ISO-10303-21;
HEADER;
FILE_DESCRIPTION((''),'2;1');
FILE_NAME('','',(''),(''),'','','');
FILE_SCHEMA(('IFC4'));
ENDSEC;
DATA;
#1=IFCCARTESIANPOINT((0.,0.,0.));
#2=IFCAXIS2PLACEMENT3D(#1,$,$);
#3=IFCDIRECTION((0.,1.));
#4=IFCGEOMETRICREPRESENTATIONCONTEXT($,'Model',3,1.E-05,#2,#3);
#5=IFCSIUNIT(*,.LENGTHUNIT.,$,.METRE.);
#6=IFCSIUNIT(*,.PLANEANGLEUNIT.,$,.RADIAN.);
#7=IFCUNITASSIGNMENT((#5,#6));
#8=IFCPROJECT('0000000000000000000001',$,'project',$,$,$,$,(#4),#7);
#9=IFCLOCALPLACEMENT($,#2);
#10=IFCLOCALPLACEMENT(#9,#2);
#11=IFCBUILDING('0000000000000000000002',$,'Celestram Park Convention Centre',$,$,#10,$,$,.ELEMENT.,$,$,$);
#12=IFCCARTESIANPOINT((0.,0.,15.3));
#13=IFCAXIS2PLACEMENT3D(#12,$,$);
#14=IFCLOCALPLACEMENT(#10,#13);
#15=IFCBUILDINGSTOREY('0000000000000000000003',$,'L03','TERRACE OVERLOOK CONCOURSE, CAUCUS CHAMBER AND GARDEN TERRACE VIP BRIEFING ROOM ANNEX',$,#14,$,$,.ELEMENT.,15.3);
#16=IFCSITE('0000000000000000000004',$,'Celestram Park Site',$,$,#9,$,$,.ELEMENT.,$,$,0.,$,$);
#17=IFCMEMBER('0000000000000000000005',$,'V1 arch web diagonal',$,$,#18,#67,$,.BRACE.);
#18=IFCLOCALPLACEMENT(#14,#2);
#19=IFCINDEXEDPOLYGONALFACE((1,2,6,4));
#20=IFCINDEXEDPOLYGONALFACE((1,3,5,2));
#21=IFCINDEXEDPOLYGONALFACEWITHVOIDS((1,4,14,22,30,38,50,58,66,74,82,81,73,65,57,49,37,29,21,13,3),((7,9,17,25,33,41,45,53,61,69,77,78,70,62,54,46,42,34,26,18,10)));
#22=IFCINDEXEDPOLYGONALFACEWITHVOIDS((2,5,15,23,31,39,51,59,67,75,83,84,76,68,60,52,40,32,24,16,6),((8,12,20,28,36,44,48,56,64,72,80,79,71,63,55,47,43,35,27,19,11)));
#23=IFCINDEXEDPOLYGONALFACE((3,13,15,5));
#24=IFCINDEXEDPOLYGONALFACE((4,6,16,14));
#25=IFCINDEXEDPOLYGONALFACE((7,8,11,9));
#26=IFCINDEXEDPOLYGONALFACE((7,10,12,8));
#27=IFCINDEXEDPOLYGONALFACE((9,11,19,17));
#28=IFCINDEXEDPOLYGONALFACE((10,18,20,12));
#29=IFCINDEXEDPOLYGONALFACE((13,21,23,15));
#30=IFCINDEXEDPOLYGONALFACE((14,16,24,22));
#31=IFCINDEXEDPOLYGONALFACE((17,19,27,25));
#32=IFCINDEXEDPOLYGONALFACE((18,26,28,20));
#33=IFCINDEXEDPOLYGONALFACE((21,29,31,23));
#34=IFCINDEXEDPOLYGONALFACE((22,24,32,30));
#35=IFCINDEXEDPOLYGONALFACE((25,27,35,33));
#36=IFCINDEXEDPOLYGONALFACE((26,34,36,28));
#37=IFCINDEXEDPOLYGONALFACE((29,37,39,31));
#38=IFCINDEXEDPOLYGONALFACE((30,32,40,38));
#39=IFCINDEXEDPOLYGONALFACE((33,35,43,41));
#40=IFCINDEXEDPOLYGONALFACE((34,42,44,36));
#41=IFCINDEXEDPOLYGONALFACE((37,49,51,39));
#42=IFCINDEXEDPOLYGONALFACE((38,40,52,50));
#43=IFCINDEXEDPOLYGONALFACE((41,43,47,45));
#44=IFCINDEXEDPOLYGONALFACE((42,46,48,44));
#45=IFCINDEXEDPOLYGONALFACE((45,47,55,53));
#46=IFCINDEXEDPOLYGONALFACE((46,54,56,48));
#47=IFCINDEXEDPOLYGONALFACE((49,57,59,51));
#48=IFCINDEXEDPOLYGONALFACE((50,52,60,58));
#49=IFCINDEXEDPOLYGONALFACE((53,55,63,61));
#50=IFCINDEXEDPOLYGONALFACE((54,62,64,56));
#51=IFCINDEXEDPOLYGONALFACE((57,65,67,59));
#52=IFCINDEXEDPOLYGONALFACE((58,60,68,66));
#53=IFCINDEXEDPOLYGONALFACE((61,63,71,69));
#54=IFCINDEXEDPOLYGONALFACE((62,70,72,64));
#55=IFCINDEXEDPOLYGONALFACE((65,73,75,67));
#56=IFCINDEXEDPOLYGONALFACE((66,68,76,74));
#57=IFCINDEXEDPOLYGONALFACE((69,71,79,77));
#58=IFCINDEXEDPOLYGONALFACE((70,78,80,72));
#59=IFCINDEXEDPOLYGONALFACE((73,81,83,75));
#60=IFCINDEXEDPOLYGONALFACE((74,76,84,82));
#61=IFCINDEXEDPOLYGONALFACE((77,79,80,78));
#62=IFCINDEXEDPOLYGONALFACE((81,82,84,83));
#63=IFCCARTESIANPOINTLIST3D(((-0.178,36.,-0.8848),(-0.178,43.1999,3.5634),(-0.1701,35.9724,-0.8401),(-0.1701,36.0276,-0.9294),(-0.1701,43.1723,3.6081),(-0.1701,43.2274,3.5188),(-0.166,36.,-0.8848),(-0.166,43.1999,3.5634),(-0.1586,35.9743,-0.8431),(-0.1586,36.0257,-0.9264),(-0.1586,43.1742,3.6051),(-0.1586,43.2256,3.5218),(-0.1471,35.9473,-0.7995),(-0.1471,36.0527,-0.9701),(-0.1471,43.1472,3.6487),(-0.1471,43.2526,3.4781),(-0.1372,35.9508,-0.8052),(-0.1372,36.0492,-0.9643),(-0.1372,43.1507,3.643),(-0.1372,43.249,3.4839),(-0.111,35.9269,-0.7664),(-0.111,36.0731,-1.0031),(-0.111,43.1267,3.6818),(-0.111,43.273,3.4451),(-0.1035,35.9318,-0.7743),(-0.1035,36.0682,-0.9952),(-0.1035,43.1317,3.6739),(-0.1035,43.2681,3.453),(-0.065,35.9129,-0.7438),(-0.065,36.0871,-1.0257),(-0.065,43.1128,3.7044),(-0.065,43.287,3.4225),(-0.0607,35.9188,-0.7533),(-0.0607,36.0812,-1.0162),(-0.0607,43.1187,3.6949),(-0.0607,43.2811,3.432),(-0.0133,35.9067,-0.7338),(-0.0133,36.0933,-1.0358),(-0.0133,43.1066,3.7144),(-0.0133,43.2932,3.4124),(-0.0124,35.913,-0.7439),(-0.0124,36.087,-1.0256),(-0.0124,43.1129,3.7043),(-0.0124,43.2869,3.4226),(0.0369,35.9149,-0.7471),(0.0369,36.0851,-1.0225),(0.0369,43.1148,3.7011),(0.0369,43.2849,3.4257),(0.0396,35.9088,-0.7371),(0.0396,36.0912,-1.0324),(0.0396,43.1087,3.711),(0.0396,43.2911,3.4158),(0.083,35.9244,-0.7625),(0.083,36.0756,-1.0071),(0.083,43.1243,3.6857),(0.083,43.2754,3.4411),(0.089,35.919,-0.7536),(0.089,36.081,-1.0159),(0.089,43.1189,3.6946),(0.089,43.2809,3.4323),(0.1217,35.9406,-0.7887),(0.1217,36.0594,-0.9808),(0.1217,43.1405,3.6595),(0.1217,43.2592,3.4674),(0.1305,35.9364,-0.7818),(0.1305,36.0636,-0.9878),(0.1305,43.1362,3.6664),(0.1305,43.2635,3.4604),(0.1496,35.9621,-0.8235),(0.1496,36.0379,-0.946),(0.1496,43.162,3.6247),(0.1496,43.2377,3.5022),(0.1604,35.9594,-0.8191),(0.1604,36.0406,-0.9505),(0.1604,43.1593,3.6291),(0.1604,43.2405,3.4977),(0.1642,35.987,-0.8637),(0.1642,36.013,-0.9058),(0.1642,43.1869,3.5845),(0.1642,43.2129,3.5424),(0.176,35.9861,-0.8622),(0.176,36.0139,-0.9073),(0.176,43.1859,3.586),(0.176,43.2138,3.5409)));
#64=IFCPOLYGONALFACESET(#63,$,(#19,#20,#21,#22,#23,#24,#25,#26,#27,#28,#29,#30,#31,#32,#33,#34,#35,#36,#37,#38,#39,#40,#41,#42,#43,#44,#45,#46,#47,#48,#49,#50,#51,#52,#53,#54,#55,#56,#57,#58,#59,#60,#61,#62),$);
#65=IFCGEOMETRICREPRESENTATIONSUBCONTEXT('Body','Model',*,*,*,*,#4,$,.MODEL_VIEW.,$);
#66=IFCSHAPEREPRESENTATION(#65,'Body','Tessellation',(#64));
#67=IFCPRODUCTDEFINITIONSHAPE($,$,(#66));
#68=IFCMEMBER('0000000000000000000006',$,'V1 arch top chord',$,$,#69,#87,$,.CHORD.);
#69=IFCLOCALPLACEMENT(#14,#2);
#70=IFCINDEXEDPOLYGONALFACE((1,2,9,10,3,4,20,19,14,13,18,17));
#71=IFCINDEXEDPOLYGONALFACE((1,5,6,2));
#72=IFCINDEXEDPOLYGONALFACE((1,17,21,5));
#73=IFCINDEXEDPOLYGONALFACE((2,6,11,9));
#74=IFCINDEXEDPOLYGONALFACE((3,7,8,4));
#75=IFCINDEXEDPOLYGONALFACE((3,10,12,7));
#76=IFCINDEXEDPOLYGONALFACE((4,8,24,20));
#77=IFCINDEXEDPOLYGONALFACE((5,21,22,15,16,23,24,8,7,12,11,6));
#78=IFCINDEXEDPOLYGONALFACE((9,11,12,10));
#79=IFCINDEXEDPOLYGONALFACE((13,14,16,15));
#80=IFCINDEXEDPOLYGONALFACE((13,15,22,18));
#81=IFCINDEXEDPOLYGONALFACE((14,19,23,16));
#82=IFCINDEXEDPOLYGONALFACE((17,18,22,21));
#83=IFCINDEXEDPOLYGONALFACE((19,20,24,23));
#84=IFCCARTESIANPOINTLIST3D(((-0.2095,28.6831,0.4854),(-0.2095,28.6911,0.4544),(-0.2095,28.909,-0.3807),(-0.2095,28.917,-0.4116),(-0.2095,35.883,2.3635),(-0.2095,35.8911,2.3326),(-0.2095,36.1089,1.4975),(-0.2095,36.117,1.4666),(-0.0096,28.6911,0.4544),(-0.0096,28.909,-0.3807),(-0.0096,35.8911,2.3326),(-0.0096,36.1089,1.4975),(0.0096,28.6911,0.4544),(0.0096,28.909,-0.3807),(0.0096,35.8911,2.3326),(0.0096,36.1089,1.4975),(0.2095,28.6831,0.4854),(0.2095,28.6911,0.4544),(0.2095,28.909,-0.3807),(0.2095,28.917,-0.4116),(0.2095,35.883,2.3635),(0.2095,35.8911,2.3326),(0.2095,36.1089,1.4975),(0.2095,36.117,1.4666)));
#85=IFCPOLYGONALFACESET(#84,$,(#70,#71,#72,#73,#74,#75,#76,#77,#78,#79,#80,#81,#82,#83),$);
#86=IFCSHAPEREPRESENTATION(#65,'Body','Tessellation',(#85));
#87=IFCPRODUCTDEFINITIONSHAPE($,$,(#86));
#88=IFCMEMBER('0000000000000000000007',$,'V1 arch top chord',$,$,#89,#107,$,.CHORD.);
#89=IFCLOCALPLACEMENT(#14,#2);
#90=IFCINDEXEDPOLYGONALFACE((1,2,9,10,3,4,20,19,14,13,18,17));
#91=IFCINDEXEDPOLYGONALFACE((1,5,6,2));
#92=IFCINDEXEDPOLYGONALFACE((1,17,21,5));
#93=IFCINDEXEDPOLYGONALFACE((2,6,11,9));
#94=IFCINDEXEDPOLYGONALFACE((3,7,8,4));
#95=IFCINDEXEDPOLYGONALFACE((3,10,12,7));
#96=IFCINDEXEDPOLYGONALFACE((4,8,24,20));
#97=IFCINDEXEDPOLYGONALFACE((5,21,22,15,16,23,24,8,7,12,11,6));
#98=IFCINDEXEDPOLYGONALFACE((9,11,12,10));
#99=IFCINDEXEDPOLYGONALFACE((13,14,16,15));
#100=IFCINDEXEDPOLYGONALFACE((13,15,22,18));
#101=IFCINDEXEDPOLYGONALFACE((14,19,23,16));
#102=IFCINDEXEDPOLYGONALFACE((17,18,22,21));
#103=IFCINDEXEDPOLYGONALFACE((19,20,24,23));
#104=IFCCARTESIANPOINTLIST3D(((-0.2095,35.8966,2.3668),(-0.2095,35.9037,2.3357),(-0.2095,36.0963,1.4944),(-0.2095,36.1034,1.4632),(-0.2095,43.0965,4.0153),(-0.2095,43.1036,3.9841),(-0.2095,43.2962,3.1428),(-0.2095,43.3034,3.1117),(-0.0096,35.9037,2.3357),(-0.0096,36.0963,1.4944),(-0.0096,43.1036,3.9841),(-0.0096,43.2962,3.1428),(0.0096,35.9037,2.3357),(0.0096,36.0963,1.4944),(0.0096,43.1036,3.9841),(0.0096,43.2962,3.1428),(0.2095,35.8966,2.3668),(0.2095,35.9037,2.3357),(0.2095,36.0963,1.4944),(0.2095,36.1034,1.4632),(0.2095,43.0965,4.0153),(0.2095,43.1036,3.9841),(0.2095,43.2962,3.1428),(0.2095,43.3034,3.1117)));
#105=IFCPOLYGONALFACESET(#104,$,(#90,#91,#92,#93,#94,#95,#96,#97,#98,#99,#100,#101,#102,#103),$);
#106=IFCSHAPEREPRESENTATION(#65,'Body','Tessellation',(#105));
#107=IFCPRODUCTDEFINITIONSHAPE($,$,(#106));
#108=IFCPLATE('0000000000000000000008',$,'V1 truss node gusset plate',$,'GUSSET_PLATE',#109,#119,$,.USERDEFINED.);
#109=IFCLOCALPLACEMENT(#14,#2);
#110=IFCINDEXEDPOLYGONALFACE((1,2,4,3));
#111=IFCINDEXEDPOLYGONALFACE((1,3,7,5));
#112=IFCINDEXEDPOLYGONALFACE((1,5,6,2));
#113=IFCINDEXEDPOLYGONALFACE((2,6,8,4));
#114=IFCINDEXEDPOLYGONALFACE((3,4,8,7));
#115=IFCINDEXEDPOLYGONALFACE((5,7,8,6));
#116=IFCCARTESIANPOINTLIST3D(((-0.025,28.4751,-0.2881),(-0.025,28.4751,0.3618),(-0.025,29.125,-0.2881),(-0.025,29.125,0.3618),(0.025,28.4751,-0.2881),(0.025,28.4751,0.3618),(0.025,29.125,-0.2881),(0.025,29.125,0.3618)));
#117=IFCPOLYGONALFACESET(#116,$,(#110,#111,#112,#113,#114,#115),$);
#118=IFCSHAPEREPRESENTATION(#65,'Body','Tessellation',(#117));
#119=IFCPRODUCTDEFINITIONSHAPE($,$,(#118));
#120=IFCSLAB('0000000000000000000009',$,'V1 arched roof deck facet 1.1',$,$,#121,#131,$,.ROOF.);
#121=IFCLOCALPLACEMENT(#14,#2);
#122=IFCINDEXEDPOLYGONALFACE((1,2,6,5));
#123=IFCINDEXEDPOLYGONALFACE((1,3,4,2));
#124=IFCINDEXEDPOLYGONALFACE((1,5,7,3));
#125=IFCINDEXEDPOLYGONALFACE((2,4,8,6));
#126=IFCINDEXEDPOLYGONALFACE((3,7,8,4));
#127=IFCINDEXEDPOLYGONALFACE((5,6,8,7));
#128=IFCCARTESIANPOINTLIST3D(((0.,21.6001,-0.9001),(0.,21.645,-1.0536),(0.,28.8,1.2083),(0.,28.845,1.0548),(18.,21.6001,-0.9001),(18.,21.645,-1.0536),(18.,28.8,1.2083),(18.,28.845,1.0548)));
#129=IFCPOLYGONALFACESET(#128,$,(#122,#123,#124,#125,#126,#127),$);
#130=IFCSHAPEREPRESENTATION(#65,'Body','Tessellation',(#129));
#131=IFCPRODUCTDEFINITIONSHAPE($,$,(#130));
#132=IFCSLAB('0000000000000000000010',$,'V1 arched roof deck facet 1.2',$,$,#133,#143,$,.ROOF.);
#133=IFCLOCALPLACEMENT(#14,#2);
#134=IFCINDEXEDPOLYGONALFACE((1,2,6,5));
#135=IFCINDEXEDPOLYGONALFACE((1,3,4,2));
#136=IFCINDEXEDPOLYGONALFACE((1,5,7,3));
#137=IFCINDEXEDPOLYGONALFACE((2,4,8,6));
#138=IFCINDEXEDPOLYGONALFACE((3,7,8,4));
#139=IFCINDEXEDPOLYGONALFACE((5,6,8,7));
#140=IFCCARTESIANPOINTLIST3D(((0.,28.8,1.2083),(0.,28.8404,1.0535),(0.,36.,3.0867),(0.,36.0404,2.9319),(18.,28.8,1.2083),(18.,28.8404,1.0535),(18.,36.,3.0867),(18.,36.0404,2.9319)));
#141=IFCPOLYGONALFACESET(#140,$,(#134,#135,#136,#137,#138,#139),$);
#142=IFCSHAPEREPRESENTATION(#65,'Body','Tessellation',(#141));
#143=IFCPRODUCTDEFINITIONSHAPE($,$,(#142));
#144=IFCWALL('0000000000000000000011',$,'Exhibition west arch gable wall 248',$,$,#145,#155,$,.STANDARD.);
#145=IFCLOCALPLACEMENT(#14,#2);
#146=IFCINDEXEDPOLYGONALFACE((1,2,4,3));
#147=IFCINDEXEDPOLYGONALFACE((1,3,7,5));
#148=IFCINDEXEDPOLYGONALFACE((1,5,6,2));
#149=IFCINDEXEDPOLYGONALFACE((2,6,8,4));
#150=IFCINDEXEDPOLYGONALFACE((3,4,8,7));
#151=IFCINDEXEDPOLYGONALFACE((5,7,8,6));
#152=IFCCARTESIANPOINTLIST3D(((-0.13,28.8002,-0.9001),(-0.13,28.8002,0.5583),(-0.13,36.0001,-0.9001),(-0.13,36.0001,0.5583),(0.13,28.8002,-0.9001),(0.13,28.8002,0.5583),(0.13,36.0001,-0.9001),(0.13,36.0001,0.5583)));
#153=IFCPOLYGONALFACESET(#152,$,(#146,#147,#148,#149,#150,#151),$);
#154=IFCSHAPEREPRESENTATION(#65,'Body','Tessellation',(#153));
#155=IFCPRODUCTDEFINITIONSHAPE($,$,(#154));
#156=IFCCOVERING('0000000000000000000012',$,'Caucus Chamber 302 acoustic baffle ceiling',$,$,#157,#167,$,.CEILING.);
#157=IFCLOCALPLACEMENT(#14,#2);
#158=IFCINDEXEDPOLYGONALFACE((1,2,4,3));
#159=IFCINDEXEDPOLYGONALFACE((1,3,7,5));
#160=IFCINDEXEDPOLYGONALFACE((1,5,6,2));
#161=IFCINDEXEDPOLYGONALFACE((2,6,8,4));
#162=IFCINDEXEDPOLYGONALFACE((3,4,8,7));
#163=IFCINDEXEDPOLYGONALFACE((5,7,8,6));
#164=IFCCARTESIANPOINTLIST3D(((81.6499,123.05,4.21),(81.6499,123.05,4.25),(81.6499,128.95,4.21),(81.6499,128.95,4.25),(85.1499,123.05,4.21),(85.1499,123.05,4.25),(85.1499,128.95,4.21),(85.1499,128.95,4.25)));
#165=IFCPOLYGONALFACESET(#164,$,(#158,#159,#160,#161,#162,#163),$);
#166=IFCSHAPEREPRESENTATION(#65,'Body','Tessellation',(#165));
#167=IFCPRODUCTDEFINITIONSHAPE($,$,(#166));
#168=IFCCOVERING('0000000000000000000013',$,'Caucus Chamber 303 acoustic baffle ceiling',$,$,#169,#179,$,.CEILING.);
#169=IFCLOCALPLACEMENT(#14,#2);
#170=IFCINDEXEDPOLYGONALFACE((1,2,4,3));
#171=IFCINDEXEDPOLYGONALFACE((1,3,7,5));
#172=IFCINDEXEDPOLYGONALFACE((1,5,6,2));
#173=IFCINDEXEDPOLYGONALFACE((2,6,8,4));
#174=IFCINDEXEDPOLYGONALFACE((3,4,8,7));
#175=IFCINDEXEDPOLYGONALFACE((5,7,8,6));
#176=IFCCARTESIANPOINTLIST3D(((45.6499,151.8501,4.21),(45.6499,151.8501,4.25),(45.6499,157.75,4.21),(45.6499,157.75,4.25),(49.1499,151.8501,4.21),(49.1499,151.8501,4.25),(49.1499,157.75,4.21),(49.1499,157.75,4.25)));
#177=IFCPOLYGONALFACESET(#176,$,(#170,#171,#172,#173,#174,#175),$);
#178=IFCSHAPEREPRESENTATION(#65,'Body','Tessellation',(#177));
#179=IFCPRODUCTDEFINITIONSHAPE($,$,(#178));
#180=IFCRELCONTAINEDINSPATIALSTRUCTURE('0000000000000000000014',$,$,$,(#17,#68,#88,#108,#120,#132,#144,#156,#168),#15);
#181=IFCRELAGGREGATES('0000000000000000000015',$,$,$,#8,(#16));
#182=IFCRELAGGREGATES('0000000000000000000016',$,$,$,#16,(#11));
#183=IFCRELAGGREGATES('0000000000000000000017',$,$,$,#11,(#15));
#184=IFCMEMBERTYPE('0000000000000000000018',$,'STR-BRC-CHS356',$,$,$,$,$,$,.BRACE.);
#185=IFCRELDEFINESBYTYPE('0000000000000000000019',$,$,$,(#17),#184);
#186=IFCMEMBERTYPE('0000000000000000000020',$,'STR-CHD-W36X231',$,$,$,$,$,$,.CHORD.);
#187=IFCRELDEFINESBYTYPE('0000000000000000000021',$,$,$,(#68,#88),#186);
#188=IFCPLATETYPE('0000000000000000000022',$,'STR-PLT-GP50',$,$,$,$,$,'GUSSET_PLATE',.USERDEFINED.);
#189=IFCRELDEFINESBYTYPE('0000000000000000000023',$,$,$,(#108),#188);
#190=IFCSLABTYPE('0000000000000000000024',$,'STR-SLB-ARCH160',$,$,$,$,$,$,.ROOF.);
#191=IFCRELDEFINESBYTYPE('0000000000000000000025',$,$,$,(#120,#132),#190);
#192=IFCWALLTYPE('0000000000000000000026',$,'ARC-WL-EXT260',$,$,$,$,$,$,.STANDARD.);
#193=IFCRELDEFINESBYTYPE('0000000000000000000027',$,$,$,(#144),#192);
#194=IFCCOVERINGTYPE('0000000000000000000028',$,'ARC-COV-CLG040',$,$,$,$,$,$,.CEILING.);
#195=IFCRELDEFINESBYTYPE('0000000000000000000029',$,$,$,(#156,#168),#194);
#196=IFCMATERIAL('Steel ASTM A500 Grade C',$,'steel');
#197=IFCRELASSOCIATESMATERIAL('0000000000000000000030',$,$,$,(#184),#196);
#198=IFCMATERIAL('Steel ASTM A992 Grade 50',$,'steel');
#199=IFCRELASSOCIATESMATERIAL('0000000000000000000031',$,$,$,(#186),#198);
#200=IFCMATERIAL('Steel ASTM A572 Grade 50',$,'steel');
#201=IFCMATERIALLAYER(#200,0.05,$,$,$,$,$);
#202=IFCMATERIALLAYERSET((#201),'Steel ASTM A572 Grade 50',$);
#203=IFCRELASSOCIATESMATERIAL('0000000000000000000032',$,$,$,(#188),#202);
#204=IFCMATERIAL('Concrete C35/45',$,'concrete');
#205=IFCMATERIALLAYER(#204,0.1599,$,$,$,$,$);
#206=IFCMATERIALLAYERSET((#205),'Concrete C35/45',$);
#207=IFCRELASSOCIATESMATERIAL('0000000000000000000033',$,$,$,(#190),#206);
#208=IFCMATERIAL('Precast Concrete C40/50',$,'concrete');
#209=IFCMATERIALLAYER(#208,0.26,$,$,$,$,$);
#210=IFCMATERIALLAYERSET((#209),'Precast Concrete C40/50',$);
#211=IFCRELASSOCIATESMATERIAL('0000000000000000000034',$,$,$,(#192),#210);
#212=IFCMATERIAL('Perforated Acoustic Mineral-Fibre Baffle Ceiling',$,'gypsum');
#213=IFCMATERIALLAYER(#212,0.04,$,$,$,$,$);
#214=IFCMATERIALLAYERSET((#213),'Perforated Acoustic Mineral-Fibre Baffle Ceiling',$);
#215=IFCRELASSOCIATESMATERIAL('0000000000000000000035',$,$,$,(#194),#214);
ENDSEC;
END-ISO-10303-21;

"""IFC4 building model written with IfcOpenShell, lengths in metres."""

from ifc_helpers import new_model, si_unit, direction, frame, frame_2d, origin, origin_2d, place, context, subcontext, project, spatial, polyline, rectangle, hollow_circle, i_section, outline, extrude, material, layer, layer_set, material_profile, profile_set, type_object, element, save


model = new_model("IFC4")

# Units and contexts
model_context = context("Model", 3, precision=1e-05, world=origin(), true_north=direction((0.0, 1.0)))
body_context = subcontext(model_context, "Body", "Model", "MODEL_VIEW")
ifc_project = project(units=[si_unit("LENGTHUNIT", "METRE"), si_unit("PLANEANGLEUNIT", "RADIAN")], contexts=[model_context])

# Site, building, storey
site_placement = place(None, origin())
site = spatial("IfcSite", under=ifc_project, at=site_placement, Name="Celestram Park Site", CompositionType="ELEMENT", RefElevation=0.0)
building_placement = place(site_placement, origin())
building = spatial("IfcBuilding", under=site, at=building_placement, Name="Celestram Park Convention Centre", CompositionType="ELEMENT")
storey_placement = place(building_placement, frame((0.0, 0.0, 15.3)))
storey = spatial("IfcBuildingStorey", under=building, at=storey_placement, Name="L03", Description="TERRACE OVERLOOK CONCOURSE, CAUCUS CHAMBER AND GARDEN TERRACE VIP BRIEFING ROOM ANNEX", CompositionType="ELEMENT", Elevation=15.3)

# Members
ifc_material_1 = material(Name="Steel ASTM A500 Grade C", Category="steel")
ifc_material_profile_1 = material_profile(ifc_material_1, hollow_circle(Radius=0.178, WallThickness=0.012, at=origin_2d()), Name="CHS356X12")
ifc_profile_set_1 = profile_set([ifc_material_profile_1], Name="Steel ASTM A500 Grade C")
member_type_1 = type_object("IfcMemberType", Name="STR-BRC-CHS356", PredefinedType="BRACE", material=ifc_profile_set_1)
member_1_placement = place(storey_placement, frame((0.0, 36.0, -0.8848), z_axis=(0.0, 0.850734, 0.525597), x_axis=(-1.0, 0.0, 0.0)))
element("IfcMember", 1, at=member_1_placement, inside=storey, type_object=member_type_1, Name="V1 arch web diagonal", PredefinedType="BRACE", context=body_context, shape_type="SweptSolid", body=[
    extrude(hollow_circle(Radius=0.178, WallThickness=0.012, at=origin_2d()), origin(), (0.0, 0.0, 1.0), 8.4631),
])
ifc_material_2 = material(Name="Steel ASTM A992 Grade 50", Category="steel")
ifc_material_profile_2 = material_profile(ifc_material_2, i_section(OverallWidth=0.4189, OverallDepth=0.927, WebThickness=0.0193, FlangeThickness=0.032, at=origin_2d()), Name="W36X231")
ifc_profile_set_2 = profile_set([ifc_material_profile_2], Name="Steel ASTM A992 Grade 50")
member_type_2 = type_object("IfcMemberType", Name="STR-CHD-W36X231", PredefinedType="CHORD", material=ifc_profile_set_2)
member_2_placement = place(storey_placement, frame((0.0, 28.8, 0.0369), z_axis=(0.0, 0.96762, 0.252413), x_axis=(-1.0, 0.0, 0.0)))
element("IfcMember", 2, at=member_2_placement, inside=storey, type_object=member_type_2, Name="V1 arch top chord", PredefinedType="CHORD", context=body_context, shape_type="SweptSolid", body=[
    extrude(i_section(OverallWidth=0.4189, OverallDepth=0.927, WebThickness=0.0193, FlangeThickness=0.032, at=origin_2d()), origin(), (0.0, 0.0, 1.0), 7.4409),
])
member_3_placement = place(storey_placement, frame((0.0, 36.0, 1.915), z_axis=(0.0, 0.974778, 0.223177), x_axis=(-1.0, 0.0, 0.0)))
element("IfcMember", 3, at=member_3_placement, inside=storey, type_object=member_type_2, Name="V1 arch top chord", PredefinedType="CHORD", context=body_context, shape_type="SweptSolid", body=[
    extrude(i_section(OverallWidth=0.4189, OverallDepth=0.927, WebThickness=0.0193, FlangeThickness=0.032, at=origin_2d()), origin(), (0.0, 0.0, 1.0), 7.3862),
])

# Plate
ifc_material_3 = material(Name="Steel ASTM A572 Grade 50", Category="steel")
ifc_layer_1 = layer(ifc_material_3, 0.05)
ifc_layer_set_1 = layer_set([ifc_layer_1], Name="Steel ASTM A572 Grade 50")
plate_type = type_object("IfcPlateType", Name="STR-PLT-GP50", ElementType="GUSSET_PLATE", PredefinedType="USERDEFINED", material=ifc_layer_set_1)
plate_placement = place(storey_placement, frame((0.0, 28.8, -0.2881), z_axis=(0.0, 0.0, 1.0), x_axis=(0.0, 1.0, 0.0)))
element("IfcPlate", 4, at=plate_placement, inside=storey, type_object=plate_type, Name="V1 truss node gusset plate", ObjectType="GUSSET_PLATE", PredefinedType="USERDEFINED", context=body_context, shape_type="SweptSolid", body=[
    extrude(rectangle(XDim=0.6499, YDim=0.05, at=origin_2d()), origin(), (0.0, 0.0, 1.0), 0.6499),
])

# Slabs
ifc_material_4 = material(Name="Concrete C35/45", Category="concrete")
ifc_layer_2 = layer(ifc_material_4, 0.1599)
ifc_layer_set_2 = layer_set([ifc_layer_2], Name="Concrete C35/45")
slab_type = type_object("IfcSlabType", Name="STR-SLB-ARCH160", PredefinedType="ROOF", material=ifc_layer_set_2)
slab_1_placement = place(storey_placement, frame((0.0, 21.6001, -0.9001), z_axis=(0.0, -0.281033, 0.959698), x_axis=(1.0, 0.0, 0.0)))
element("IfcSlab", 5, at=slab_1_placement, inside=storey, type_object=slab_type, Name="V1 arched roof deck facet 1.1", PredefinedType="ROOF", context=body_context, shape_type="SweptSolid", body=[
    extrude(outline(polyline([(0.0, 0.0), (18.0, 0.0), (18.0, 7.5023), (0.0, 7.5023), (0.0, 0.0)])), origin(), (0.0, 0.0, -1.0), 0.1599),
])
slab_2_placement = place(storey_placement, frame((0.0, 28.8, 1.2083), z_axis=(0.0, -0.252443, 0.967612), x_axis=(1.0, 0.0, 0.0)))
element("IfcSlab", 6, at=slab_2_placement, inside=storey, type_object=slab_type, Name="V1 arched roof deck facet 1.2", PredefinedType="ROOF", context=body_context, shape_type="SweptSolid", body=[
    extrude(outline(polyline([(0.0, 0.0), (18.0, 0.0), (18.0, 7.441), (0.0, 7.441), (0.0, 0.0)])), origin(), (0.0, 0.0, -1.0), 0.1599),
])

# Wall
ifc_material_5 = material(Name="Precast Concrete C40/50", Category="concrete")
ifc_layer_3 = layer(ifc_material_5, 0.26)
ifc_layer_set_3 = layer_set([ifc_layer_3], Name="Precast Concrete C40/50")
wall_type = type_object("IfcWallType", Name="ARC-WL-EXT260", PredefinedType="STANDARD", material=ifc_layer_set_3)
wall_placement = place(storey_placement, frame((0.0, 28.8, -0.9001), z_axis=(0.0, 0.0, 1.0), x_axis=(0.0, 1.0, 0.0)))
element("IfcWall", 7, at=wall_placement, inside=storey, type_object=wall_type, Name="Exhibition west arch gable wall 248", PredefinedType="STANDARD", context=body_context, shape_type="SweptSolid", body=[
    extrude(rectangle(XDim=7.2, YDim=0.26, at=frame_2d((3.6001, 0.0))), origin(), (0.0, 0.0, 1.0), 1.4585),
])

# Coverings
ifc_material_6 = material(Name="Perforated Acoustic Mineral-Fibre Baffle Ceiling", Category="gypsum")
ifc_layer_4 = layer(ifc_material_6, 0.04)
ifc_layer_set_4 = layer_set([ifc_layer_4], Name="Perforated Acoustic Mineral-Fibre Baffle Ceiling")
covering_type_1 = type_object("IfcCoveringType", Name="ARC-COV-CLG040", PredefinedType="CEILING", material=ifc_layer_set_4)
covering_1_placement = place(storey_placement, frame((0.0, 0.0, 4.21)))
element("IfcCovering", 8, at=covering_1_placement, inside=storey, type_object=covering_type_1, Name="Caucus Chamber 302 acoustic baffle ceiling", PredefinedType="CEILING", context=body_context, shape_type="SweptSolid", body=[
    extrude(outline(polyline([(81.6499, 123.05), (85.1499, 123.05), (85.1499, 128.95), (81.6499, 128.95), (81.6499, 123.05)])), origin(), (0.0, 0.0, 1.0), 0.04),
])
covering_2_placement = place(storey_placement, frame((0.0, 0.0, 4.21)))
element("IfcCovering", 9, at=covering_2_placement, inside=storey, type_object=covering_type_1, Name="Caucus Chamber 303 acoustic baffle ceiling", PredefinedType="CEILING", context=body_context, shape_type="SweptSolid", body=[
    extrude(outline(polyline([(45.6499, 151.8501), (49.1499, 151.8501), (49.1499, 157.75), (45.6499, 157.75), (45.6499, 151.8501)])), origin(), (0.0, 0.0, 1.0), 0.04),
])

save(model, "model.ifc")
